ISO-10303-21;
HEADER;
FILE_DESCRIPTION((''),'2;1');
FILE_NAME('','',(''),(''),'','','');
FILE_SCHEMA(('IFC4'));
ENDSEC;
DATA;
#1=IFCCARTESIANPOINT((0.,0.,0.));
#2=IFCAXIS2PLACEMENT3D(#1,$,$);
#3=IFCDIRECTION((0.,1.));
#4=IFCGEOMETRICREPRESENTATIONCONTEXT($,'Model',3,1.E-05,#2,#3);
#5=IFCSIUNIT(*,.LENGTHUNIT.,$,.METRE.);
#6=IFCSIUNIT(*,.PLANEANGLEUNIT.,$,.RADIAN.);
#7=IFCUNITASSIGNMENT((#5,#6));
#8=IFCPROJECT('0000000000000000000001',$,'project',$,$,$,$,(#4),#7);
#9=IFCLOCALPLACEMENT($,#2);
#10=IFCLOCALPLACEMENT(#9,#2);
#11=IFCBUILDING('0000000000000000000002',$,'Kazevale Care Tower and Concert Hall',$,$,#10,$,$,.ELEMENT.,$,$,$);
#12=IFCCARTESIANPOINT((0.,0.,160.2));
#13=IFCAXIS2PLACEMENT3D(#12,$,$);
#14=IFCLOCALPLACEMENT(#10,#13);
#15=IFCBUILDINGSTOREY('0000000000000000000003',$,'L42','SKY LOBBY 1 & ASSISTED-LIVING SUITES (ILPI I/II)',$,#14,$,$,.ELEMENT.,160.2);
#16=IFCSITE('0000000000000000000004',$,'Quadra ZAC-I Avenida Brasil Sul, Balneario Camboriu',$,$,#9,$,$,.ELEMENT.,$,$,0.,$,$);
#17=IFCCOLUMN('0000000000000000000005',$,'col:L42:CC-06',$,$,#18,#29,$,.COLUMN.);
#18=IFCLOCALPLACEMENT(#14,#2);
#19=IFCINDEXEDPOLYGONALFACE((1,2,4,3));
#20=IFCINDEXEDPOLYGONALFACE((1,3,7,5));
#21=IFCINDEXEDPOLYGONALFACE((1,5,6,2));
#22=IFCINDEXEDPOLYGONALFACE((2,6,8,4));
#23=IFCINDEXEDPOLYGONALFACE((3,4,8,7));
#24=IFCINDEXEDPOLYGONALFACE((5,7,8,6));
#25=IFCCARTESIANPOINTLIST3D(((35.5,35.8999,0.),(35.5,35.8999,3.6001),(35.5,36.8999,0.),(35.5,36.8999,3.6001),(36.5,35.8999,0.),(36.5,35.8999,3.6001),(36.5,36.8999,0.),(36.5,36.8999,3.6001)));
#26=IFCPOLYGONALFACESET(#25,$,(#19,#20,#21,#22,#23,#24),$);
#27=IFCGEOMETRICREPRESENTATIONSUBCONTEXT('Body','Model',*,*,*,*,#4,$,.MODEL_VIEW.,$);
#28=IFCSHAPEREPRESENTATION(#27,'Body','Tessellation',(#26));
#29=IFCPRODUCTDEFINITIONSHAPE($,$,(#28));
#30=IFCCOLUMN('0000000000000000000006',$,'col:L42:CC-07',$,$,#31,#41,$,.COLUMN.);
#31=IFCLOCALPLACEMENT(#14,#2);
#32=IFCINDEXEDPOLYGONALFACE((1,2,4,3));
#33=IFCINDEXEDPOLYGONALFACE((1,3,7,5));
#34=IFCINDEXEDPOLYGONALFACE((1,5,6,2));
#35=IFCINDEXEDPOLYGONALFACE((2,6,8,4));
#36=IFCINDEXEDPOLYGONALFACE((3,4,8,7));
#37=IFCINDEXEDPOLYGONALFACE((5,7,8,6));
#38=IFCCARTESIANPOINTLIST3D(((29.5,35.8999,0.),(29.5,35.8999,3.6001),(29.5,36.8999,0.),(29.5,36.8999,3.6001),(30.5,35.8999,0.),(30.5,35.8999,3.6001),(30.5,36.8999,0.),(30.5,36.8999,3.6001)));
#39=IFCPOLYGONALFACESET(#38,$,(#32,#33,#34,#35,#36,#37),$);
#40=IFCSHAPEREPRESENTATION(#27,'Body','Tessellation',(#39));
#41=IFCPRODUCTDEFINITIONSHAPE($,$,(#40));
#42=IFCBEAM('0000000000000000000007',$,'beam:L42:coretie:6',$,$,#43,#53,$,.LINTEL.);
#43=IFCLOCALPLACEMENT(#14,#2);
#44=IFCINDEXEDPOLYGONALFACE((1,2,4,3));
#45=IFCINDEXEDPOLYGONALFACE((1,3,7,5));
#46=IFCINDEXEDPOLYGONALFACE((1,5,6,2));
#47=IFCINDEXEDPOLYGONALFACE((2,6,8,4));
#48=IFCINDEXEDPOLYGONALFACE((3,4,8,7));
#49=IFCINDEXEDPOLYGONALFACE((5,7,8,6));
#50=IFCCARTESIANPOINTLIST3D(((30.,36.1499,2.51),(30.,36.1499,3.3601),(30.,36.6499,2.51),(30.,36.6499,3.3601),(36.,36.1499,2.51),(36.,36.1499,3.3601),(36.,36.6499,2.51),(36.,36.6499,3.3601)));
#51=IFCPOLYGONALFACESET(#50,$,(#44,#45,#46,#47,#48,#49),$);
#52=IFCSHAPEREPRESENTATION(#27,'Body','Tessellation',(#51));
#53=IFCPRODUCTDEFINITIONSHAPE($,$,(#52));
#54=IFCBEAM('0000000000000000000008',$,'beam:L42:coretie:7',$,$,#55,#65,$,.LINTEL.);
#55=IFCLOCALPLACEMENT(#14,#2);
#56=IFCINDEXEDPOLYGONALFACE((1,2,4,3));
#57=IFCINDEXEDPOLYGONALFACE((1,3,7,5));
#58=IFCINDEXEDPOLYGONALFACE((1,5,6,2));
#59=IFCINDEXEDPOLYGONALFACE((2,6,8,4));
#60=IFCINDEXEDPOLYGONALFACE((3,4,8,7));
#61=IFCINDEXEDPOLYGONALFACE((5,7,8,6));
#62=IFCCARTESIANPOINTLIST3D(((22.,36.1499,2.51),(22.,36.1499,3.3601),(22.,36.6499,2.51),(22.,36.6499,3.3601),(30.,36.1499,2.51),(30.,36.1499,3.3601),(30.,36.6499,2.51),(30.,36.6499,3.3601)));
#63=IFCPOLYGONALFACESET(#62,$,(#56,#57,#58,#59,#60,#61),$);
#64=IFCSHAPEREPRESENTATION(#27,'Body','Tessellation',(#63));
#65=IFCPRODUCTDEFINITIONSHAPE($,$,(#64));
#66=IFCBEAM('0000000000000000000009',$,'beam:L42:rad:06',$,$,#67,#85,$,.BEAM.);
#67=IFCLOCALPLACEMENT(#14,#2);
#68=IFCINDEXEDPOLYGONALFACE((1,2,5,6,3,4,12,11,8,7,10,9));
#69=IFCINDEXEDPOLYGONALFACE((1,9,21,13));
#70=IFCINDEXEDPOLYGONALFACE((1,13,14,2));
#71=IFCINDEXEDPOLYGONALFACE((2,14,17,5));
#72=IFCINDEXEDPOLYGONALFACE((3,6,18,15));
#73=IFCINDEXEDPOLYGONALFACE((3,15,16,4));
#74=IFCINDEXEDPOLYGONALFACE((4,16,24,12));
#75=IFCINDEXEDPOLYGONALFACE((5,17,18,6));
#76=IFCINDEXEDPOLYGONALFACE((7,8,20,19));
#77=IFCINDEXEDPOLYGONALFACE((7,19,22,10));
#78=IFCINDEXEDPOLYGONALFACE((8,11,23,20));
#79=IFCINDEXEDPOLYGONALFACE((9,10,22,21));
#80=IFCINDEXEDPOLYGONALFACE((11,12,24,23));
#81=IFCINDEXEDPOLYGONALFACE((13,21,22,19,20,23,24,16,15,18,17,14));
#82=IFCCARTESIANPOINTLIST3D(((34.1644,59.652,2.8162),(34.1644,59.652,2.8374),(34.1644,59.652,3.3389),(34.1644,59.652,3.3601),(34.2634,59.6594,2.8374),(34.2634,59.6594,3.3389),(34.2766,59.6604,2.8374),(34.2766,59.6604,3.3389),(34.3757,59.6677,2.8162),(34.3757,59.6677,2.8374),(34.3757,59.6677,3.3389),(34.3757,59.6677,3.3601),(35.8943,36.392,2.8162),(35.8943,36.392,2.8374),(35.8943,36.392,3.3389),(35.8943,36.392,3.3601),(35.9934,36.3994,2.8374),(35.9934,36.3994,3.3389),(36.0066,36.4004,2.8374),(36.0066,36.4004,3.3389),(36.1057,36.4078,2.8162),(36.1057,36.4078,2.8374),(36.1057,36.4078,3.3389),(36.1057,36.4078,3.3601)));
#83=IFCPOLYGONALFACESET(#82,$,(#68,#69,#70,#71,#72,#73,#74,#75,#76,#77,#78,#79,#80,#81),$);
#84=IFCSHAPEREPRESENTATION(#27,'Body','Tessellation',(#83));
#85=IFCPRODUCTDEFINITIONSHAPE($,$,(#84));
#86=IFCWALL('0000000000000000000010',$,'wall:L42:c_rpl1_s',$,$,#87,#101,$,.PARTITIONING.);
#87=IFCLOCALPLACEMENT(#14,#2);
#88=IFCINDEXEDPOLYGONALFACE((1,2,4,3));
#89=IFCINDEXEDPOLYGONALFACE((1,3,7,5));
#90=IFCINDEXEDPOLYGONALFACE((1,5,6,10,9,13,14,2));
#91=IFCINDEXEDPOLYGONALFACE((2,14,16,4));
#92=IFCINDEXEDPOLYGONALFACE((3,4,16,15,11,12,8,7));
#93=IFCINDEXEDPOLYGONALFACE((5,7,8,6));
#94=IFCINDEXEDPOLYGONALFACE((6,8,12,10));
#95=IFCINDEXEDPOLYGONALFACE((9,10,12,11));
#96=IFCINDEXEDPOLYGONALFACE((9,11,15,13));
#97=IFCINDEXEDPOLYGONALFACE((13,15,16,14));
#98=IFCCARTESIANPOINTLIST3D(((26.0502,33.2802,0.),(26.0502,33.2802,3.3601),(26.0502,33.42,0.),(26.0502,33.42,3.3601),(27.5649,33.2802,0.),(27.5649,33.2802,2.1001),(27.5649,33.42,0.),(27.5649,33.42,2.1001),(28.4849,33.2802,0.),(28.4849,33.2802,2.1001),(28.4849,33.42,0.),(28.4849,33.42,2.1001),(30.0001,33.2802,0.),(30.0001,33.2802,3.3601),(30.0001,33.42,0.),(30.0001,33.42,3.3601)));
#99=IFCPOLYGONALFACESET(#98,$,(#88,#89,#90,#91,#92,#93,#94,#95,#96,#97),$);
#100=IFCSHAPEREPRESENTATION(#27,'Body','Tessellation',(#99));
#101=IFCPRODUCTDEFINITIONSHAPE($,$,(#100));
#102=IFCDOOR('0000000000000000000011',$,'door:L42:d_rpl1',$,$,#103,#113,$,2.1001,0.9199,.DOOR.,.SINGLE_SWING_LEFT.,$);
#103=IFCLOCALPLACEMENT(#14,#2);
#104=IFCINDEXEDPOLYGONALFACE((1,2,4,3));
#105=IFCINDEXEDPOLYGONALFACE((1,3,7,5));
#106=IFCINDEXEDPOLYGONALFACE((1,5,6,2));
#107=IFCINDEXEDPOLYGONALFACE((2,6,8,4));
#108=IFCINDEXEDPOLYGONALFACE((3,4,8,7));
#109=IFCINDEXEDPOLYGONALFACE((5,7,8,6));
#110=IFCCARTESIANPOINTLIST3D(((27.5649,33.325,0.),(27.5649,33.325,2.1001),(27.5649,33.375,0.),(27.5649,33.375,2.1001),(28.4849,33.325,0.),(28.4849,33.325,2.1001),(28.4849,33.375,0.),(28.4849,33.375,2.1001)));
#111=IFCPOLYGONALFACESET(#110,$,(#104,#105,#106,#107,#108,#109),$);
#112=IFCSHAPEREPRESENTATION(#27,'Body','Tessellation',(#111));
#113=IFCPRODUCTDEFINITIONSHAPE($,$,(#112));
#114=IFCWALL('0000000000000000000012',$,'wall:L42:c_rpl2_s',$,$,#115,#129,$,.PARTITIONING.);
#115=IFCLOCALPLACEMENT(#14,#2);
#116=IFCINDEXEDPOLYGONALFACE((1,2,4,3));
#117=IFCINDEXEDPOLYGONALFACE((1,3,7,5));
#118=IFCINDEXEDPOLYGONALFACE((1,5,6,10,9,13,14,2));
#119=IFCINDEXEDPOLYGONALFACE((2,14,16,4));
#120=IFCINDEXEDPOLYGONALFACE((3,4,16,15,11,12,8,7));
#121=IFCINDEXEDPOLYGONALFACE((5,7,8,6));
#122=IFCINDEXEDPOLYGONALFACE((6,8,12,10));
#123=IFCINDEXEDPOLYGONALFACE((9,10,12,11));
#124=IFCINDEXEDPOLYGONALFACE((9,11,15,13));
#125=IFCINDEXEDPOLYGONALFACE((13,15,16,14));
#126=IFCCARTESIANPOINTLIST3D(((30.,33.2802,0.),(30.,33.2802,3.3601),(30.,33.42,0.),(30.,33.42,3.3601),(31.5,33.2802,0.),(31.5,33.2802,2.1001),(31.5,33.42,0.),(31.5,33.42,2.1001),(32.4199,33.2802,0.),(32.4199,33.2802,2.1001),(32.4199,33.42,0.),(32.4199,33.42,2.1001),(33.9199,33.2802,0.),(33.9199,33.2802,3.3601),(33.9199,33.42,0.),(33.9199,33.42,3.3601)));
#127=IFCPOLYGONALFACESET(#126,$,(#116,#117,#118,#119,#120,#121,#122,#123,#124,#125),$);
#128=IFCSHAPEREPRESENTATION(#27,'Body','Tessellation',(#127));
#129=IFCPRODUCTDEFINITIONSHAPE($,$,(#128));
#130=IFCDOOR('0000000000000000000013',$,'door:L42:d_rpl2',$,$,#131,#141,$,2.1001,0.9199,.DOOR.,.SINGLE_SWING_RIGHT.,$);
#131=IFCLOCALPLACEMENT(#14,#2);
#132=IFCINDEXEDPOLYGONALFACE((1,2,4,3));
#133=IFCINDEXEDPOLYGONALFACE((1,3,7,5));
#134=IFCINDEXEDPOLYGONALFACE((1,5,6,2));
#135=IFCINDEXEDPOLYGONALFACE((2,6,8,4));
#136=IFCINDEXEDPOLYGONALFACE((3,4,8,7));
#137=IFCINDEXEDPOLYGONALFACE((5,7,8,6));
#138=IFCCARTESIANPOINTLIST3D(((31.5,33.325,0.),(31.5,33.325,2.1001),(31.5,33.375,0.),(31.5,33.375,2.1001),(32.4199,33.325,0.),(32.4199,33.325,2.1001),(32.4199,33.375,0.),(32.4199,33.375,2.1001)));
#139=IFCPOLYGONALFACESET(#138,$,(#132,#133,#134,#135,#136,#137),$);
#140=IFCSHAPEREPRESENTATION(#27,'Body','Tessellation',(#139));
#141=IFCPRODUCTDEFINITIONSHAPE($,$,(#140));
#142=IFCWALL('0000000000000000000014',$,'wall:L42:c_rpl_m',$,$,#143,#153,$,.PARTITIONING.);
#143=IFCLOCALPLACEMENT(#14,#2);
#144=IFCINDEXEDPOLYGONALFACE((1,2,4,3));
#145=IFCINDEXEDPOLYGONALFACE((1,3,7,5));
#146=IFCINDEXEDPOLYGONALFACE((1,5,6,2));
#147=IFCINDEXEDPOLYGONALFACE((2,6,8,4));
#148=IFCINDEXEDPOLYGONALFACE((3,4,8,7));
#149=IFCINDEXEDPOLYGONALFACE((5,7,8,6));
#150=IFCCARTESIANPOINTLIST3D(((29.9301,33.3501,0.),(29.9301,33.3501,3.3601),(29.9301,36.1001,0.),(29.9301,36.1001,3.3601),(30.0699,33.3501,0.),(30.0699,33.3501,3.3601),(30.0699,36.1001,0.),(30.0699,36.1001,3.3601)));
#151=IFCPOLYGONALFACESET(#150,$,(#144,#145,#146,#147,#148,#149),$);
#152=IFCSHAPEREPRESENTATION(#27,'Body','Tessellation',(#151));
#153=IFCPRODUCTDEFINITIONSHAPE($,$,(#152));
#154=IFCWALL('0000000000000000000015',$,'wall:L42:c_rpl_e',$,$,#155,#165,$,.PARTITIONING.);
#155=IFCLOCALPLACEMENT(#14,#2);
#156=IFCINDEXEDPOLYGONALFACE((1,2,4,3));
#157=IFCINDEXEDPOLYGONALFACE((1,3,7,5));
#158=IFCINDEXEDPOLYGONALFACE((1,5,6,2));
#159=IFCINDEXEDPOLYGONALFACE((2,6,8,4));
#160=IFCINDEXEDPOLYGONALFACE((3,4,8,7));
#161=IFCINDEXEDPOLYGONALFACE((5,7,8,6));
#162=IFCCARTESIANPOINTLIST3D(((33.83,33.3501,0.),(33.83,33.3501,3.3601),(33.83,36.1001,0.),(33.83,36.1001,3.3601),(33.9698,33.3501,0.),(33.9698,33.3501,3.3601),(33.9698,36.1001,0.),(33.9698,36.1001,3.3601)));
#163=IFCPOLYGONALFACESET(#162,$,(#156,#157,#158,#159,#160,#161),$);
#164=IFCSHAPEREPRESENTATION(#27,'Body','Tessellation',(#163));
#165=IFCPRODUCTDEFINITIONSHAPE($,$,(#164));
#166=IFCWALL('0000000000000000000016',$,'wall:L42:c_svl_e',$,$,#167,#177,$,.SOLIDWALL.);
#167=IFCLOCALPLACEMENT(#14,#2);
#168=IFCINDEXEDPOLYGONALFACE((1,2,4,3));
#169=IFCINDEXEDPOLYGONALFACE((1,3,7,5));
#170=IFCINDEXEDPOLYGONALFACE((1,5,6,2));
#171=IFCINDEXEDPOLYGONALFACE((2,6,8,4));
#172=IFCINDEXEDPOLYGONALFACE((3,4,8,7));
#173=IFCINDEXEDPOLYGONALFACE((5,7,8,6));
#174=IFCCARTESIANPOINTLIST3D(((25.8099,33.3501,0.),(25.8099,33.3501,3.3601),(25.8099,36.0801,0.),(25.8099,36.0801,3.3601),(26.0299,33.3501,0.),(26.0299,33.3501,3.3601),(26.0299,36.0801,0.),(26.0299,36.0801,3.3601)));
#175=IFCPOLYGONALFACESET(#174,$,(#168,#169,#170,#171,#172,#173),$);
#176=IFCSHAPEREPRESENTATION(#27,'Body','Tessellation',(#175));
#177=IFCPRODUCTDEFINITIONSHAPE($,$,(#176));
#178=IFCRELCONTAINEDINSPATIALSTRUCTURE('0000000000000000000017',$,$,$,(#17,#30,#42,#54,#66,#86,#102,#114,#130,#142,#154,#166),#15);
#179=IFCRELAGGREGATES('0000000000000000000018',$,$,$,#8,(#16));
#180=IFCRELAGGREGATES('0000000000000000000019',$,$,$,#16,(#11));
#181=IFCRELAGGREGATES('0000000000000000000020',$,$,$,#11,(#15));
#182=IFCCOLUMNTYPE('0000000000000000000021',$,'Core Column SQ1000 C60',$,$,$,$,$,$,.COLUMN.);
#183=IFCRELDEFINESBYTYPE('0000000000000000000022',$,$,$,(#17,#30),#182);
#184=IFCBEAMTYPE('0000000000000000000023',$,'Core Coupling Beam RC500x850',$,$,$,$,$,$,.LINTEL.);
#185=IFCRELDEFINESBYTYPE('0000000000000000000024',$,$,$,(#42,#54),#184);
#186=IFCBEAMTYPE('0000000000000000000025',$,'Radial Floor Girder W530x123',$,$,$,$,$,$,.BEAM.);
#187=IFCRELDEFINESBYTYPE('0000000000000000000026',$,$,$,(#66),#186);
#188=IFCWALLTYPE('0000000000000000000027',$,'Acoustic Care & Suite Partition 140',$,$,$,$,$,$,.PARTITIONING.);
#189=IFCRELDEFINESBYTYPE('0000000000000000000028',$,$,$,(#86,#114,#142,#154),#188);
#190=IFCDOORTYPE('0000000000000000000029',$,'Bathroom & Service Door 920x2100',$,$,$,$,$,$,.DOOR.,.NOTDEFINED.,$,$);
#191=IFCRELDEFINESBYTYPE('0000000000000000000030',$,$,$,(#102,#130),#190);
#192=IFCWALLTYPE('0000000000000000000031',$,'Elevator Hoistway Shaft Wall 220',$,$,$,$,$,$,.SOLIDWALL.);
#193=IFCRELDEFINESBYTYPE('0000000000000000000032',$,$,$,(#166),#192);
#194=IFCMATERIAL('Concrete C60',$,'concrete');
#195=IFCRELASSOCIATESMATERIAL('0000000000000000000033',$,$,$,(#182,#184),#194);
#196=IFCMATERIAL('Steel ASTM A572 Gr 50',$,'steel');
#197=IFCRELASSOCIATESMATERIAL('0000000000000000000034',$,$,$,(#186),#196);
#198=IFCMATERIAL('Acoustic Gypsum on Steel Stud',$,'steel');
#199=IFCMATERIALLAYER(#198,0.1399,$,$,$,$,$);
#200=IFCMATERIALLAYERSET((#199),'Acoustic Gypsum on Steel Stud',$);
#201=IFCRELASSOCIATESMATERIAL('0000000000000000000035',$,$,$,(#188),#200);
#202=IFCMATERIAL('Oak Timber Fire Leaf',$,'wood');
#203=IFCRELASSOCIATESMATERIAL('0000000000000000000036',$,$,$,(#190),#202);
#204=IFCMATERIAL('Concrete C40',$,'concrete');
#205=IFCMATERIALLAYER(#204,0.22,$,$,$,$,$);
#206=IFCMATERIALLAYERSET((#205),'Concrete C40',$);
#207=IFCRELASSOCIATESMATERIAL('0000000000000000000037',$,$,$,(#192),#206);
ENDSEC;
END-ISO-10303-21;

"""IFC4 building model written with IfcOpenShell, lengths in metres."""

from ifc_helpers import new_model, si_unit, direction, frame, frame_2d, origin, origin_2d, place, context, subcontext, project, spatial, rectangle, i_section, extrude, material, layer, layer_set, material_profile, profile_set, type_object, element, fill, save


model = new_model("IFC4")

# Units and contexts
model_context = context("Model", 3, precision=1e-05, world=origin(), true_north=direction((0.0, 1.0)))
body_context = subcontext(model_context, "Body", "Model", "MODEL_VIEW")
ifc_project = project(units=[si_unit("LENGTHUNIT", "METRE"), si_unit("PLANEANGLEUNIT", "RADIAN")], contexts=[model_context])

# Site, building, storey
site_placement = place(None, origin())
site = spatial("IfcSite", under=ifc_project, at=site_placement, Name="Quadra ZAC-I Avenida Brasil Sul, Balneario Camboriu", CompositionType="ELEMENT", RefElevation=0.0)
building_placement = place(site_placement, origin())
building = spatial("IfcBuilding", under=site, at=building_placement, Name="Kazevale Care Tower and Concert Hall", CompositionType="ELEMENT")
storey_placement = place(building_placement, frame((0.0, 0.0, 160.2)))
storey = spatial("IfcBuildingStorey", under=building, at=storey_placement, Name="L42", Description="SKY LOBBY 1 & ASSISTED-LIVING SUITES (ILPI I/II)", CompositionType="ELEMENT", Elevation=160.2)

# Columns
ifc_material_1 = material(Name="Concrete C60", Category="concrete")
ifc_material_profile_1 = material_profile(ifc_material_1, rectangle(XDim=1.0, YDim=1.0, at=origin_2d()), Name="RC-SQ1000")
ifc_profile_set_1 = profile_set([ifc_material_profile_1], Name="Concrete C60")
column_type = type_object("IfcColumnType", Name="Core Column SQ1000 C60", PredefinedType="COLUMN", material=ifc_profile_set_1)
for number, where, z_axis, x_axis, name in (
    (1, (36.0, 36.3999, 0.0), (0.0, 0.0, 1.0), (1.0, 0.0, 0.0), "col:L42:CC-06"),
    (2, (30.0, 36.3999, 0.0), (0.0, 0.0, 1.0), (1.0, 0.0, 0.0), "col:L42:CC-07"),
):
    element("IfcColumn", number, at=place(storey_placement, frame(where, z_axis=z_axis, x_axis=x_axis)), inside=storey, type_object=column_type, Name=name, PredefinedType="COLUMN", context=body_context, shape_type="SweptSolid", body=[
        extrude(rectangle(XDim=1.0, YDim=1.0, at=origin_2d()), origin(), (0.0, 0.0, 1.0), 3.6001),
    ])

# Beams
ifc_material_profile_2 = material_profile(ifc_material_1, rectangle(XDim=0.5, YDim=0.8501, at=origin_2d()), Name="RC-B500x850")
ifc_profile_set_2 = profile_set([ifc_material_profile_2], Name="Concrete C60")
beam_type_1 = type_object("IfcBeamType", Name="Core Coupling Beam RC500x850", PredefinedType="LINTEL", material=ifc_profile_set_2)
beam_1_placement = place(storey_placement, frame((36.0, 36.3999, 2.9351), z_axis=(-1.0, 0.0, 0.0), x_axis=(0.0, -1.0, 0.0)))
element("IfcBeam", 3, at=beam_1_placement, inside=storey, type_object=beam_type_1, Name="beam:L42:coretie:6", PredefinedType="LINTEL", context=body_context, shape_type="SweptSolid", body=[
    extrude(rectangle(XDim=0.5, YDim=0.8501, at=origin_2d()), origin(), (0.0, 0.0, 1.0), 6.0),
])
beam_2_placement = place(storey_placement, frame((30.0, 36.3999, 2.9351), z_axis=(-1.0, 0.0, 0.0), x_axis=(0.0, -1.0, 0.0)))
element("IfcBeam", 4, at=beam_2_placement, inside=storey, type_object=beam_type_1, Name="beam:L42:coretie:7", PredefinedType="LINTEL", context=body_context, shape_type="SweptSolid", body=[
    extrude(rectangle(XDim=0.5, YDim=0.8501, at=origin_2d()), origin(), (0.0, 0.0, 1.0), 8.0),
])
ifc_material_2 = material(Name="Steel ASTM A572 Gr 50", Category="steel")
ifc_material_profile_3 = material_profile(ifc_material_2, i_section(OverallWidth=0.2119, OverallDepth=0.5439, WebThickness=0.0132, FlangeThickness=0.0212, at=origin_2d()), Name="W530x123")
ifc_profile_set_3 = profile_set([ifc_material_profile_3], Name="Steel ASTM A572 Gr 50")
beam_type_2 = type_object("IfcBeamType", Name="Radial Floor Girder W530x123", PredefinedType="BEAM", material=ifc_profile_set_3)
beam_3_placement = place(storey_placement, frame((36.0, 36.3999, 3.0881), z_axis=(-0.074171, 0.997246, 0.0), x_axis=(-0.997246, -0.074171, 0.0)))
element("IfcBeam", 5, at=beam_3_placement, inside=storey, type_object=beam_type_2, Name="beam:L42:rad:06", PredefinedType="BEAM", context=body_context, shape_type="SweptSolid", body=[
    extrude(i_section(OverallWidth=0.2119, OverallDepth=0.5439, WebThickness=0.0132, FlangeThickness=0.0212, at=origin_2d()), origin(), (0.0, 0.0, 1.0), 23.3242),
])

# Walls, openings, doors
ifc_material_3 = material(Name="Acoustic Gypsum on Steel Stud", Category="steel")
ifc_layer_1 = layer(ifc_material_3, 0.1399)
ifc_layer_set_1 = layer_set([ifc_layer_1], Name="Acoustic Gypsum on Steel Stud")
wall_type_1 = type_object("IfcWallType", Name="Acoustic Care & Suite Partition 140", PredefinedType="PARTITIONING", material=ifc_layer_set_1)
wall_1_placement = place(storey_placement, frame((26.05, 33.3501, 0.0), z_axis=(0.0, 0.0, 1.0), x_axis=(1.0, 0.0, 0.0)))
wall_1 = element("IfcWall", 6, at=wall_1_placement, inside=storey, type_object=wall_type_1, Name="wall:L42:c_rpl1_s", PredefinedType="PARTITIONING", context=body_context, shape_type="SweptSolid", body=[
    extrude(rectangle(XDim=3.95, YDim=0.1399, at=frame_2d((1.9751, 0.0))), origin(), (0.0, 0.0, 1.0), 3.3601),
])
opening_1_placement = place(wall_1_placement, frame((1.5149, 0.0, 0.0)))
opening_1 = element("IfcOpeningElement", 7, at=opening_1_placement, cuts=wall_1, PredefinedType="OPENING", context=body_context, shape_type="SweptSolid", body=[
    extrude(rectangle(XDim=0.9199, YDim=2.1001, at=frame_2d((0.46, 1.05))), frame((0.0, 0.0798, 0.0), z_axis=(0.0, -1.0, 0.0), x_axis=(1.0, 0.0, 0.0)), (0.0, 0.0, 1.0), 0.1599),
])
ifc_material_4 = material(Name="Oak Timber Fire Leaf", Category="wood")
door_type_1 = type_object("IfcDoorType", Name="Bathroom & Service Door 920x2100", OperationType="NOTDEFINED", PredefinedType="DOOR", material=ifc_material_4)
door_1_placement = place(opening_1_placement, origin())
door_1 = element("IfcDoor", 8, at=door_1_placement, inside=storey, type_object=door_type_1, Name="door:L42:d_rpl1", OperationType="SINGLE_SWING_LEFT", OverallHeight=2.1001, OverallWidth=0.9199, PredefinedType="DOOR", context=body_context, shape_type="SweptSolid", body=[
    extrude(rectangle(XDim=0.9199, YDim=2.1001, at=frame_2d((0.46, 1.05))), frame((0.0, 0.0249, 0.0), z_axis=(0.0, -1.0, 0.0), x_axis=(1.0, 0.0, 0.0)), (0.0, 0.0, 1.0), 0.05),
])
fill(opening_1, door_1)
wall_2_placement = place(storey_placement, frame((30.0, 33.3501, 0.0), z_axis=(0.0, 0.0, 1.0), x_axis=(1.0, 0.0, 0.0)))
wall_2 = element("IfcWall", 9, at=wall_2_placement, inside=storey, type_object=wall_type_1, Name="wall:L42:c_rpl2_s", PredefinedType="PARTITIONING", context=body_context, shape_type="SweptSolid", body=[
    extrude(rectangle(XDim=3.9199, YDim=0.1399, at=frame_2d((1.96, 0.0))), origin(), (0.0, 0.0, 1.0), 3.3601),
])
opening_2_placement = place(wall_2_placement, frame((1.5, 0.0, 0.0)))
opening_2 = element("IfcOpeningElement", 10, at=opening_2_placement, cuts=wall_2, PredefinedType="OPENING", context=body_context, shape_type="SweptSolid", body=[
    extrude(rectangle(XDim=0.9199, YDim=2.1001, at=frame_2d((0.46, 1.05))), frame((0.0, 0.0798, 0.0), z_axis=(0.0, -1.0, 0.0), x_axis=(1.0, 0.0, 0.0)), (0.0, 0.0, 1.0), 0.1599),
])
door_2_placement = place(opening_2_placement, origin())
door_2 = element("IfcDoor", 11, at=door_2_placement, inside=storey, type_object=door_type_1, Name="door:L42:d_rpl2", OperationType="SINGLE_SWING_RIGHT", OverallHeight=2.1001, OverallWidth=0.9199, PredefinedType="DOOR", context=body_context, shape_type="SweptSolid", body=[
    extrude(rectangle(XDim=0.9199, YDim=2.1001, at=frame_2d((0.46, 1.05))), frame((0.0, 0.0249, 0.0), z_axis=(0.0, -1.0, 0.0), x_axis=(1.0, 0.0, 0.0)), (0.0, 0.0, 1.0), 0.05),
])
fill(opening_2, door_2)

# Walls
for number, where, z_axis, x_axis, name in (
    (12, (30.0, 33.3501, 0.0), (0.0, 0.0, 1.0), (0.0, 1.0, 0.0), "wall:L42:c_rpl_m"),
    (13, (33.8999, 33.3501, 0.0), (0.0, 0.0, 1.0), (0.0, 1.0, 0.0), "wall:L42:c_rpl_e"),
):
    element("IfcWall", number, at=place(storey_placement, frame(where, z_axis=z_axis, x_axis=x_axis)), inside=storey, type_object=wall_type_1, Name=name, PredefinedType="PARTITIONING", context=body_context, shape_type="SweptSolid", body=[
        extrude(rectangle(XDim=2.75, YDim=0.1399, at=frame_2d((1.375, 0.0))), origin(), (0.0, 0.0, 1.0), 3.3601),
    ])
ifc_material_5 = material(Name="Concrete C40", Category="concrete")
ifc_layer_2 = layer(ifc_material_5, 0.22)
ifc_layer_set_2 = layer_set([ifc_layer_2], Name="Concrete C40")
wall_type_2 = type_object("IfcWallType", Name="Elevator Hoistway Shaft Wall 220", PredefinedType="SOLIDWALL", material=ifc_layer_set_2)
wall_3_placement = place(storey_placement, frame((25.9199, 33.3501, 0.0), z_axis=(0.0, 0.0, 1.0), x_axis=(0.0, 1.0, 0.0)))
element("IfcWall", 14, at=wall_3_placement, inside=storey, type_object=wall_type_2, Name="wall:L42:c_svl_e", PredefinedType="SOLIDWALL", context=body_context, shape_type="SweptSolid", body=[
    extrude(rectangle(XDim=2.73, YDim=0.22, at=frame_2d((1.365, 0.0))), origin(), (0.0, 0.0, 1.0), 3.3601),
])

save(model, "model.ifc")
